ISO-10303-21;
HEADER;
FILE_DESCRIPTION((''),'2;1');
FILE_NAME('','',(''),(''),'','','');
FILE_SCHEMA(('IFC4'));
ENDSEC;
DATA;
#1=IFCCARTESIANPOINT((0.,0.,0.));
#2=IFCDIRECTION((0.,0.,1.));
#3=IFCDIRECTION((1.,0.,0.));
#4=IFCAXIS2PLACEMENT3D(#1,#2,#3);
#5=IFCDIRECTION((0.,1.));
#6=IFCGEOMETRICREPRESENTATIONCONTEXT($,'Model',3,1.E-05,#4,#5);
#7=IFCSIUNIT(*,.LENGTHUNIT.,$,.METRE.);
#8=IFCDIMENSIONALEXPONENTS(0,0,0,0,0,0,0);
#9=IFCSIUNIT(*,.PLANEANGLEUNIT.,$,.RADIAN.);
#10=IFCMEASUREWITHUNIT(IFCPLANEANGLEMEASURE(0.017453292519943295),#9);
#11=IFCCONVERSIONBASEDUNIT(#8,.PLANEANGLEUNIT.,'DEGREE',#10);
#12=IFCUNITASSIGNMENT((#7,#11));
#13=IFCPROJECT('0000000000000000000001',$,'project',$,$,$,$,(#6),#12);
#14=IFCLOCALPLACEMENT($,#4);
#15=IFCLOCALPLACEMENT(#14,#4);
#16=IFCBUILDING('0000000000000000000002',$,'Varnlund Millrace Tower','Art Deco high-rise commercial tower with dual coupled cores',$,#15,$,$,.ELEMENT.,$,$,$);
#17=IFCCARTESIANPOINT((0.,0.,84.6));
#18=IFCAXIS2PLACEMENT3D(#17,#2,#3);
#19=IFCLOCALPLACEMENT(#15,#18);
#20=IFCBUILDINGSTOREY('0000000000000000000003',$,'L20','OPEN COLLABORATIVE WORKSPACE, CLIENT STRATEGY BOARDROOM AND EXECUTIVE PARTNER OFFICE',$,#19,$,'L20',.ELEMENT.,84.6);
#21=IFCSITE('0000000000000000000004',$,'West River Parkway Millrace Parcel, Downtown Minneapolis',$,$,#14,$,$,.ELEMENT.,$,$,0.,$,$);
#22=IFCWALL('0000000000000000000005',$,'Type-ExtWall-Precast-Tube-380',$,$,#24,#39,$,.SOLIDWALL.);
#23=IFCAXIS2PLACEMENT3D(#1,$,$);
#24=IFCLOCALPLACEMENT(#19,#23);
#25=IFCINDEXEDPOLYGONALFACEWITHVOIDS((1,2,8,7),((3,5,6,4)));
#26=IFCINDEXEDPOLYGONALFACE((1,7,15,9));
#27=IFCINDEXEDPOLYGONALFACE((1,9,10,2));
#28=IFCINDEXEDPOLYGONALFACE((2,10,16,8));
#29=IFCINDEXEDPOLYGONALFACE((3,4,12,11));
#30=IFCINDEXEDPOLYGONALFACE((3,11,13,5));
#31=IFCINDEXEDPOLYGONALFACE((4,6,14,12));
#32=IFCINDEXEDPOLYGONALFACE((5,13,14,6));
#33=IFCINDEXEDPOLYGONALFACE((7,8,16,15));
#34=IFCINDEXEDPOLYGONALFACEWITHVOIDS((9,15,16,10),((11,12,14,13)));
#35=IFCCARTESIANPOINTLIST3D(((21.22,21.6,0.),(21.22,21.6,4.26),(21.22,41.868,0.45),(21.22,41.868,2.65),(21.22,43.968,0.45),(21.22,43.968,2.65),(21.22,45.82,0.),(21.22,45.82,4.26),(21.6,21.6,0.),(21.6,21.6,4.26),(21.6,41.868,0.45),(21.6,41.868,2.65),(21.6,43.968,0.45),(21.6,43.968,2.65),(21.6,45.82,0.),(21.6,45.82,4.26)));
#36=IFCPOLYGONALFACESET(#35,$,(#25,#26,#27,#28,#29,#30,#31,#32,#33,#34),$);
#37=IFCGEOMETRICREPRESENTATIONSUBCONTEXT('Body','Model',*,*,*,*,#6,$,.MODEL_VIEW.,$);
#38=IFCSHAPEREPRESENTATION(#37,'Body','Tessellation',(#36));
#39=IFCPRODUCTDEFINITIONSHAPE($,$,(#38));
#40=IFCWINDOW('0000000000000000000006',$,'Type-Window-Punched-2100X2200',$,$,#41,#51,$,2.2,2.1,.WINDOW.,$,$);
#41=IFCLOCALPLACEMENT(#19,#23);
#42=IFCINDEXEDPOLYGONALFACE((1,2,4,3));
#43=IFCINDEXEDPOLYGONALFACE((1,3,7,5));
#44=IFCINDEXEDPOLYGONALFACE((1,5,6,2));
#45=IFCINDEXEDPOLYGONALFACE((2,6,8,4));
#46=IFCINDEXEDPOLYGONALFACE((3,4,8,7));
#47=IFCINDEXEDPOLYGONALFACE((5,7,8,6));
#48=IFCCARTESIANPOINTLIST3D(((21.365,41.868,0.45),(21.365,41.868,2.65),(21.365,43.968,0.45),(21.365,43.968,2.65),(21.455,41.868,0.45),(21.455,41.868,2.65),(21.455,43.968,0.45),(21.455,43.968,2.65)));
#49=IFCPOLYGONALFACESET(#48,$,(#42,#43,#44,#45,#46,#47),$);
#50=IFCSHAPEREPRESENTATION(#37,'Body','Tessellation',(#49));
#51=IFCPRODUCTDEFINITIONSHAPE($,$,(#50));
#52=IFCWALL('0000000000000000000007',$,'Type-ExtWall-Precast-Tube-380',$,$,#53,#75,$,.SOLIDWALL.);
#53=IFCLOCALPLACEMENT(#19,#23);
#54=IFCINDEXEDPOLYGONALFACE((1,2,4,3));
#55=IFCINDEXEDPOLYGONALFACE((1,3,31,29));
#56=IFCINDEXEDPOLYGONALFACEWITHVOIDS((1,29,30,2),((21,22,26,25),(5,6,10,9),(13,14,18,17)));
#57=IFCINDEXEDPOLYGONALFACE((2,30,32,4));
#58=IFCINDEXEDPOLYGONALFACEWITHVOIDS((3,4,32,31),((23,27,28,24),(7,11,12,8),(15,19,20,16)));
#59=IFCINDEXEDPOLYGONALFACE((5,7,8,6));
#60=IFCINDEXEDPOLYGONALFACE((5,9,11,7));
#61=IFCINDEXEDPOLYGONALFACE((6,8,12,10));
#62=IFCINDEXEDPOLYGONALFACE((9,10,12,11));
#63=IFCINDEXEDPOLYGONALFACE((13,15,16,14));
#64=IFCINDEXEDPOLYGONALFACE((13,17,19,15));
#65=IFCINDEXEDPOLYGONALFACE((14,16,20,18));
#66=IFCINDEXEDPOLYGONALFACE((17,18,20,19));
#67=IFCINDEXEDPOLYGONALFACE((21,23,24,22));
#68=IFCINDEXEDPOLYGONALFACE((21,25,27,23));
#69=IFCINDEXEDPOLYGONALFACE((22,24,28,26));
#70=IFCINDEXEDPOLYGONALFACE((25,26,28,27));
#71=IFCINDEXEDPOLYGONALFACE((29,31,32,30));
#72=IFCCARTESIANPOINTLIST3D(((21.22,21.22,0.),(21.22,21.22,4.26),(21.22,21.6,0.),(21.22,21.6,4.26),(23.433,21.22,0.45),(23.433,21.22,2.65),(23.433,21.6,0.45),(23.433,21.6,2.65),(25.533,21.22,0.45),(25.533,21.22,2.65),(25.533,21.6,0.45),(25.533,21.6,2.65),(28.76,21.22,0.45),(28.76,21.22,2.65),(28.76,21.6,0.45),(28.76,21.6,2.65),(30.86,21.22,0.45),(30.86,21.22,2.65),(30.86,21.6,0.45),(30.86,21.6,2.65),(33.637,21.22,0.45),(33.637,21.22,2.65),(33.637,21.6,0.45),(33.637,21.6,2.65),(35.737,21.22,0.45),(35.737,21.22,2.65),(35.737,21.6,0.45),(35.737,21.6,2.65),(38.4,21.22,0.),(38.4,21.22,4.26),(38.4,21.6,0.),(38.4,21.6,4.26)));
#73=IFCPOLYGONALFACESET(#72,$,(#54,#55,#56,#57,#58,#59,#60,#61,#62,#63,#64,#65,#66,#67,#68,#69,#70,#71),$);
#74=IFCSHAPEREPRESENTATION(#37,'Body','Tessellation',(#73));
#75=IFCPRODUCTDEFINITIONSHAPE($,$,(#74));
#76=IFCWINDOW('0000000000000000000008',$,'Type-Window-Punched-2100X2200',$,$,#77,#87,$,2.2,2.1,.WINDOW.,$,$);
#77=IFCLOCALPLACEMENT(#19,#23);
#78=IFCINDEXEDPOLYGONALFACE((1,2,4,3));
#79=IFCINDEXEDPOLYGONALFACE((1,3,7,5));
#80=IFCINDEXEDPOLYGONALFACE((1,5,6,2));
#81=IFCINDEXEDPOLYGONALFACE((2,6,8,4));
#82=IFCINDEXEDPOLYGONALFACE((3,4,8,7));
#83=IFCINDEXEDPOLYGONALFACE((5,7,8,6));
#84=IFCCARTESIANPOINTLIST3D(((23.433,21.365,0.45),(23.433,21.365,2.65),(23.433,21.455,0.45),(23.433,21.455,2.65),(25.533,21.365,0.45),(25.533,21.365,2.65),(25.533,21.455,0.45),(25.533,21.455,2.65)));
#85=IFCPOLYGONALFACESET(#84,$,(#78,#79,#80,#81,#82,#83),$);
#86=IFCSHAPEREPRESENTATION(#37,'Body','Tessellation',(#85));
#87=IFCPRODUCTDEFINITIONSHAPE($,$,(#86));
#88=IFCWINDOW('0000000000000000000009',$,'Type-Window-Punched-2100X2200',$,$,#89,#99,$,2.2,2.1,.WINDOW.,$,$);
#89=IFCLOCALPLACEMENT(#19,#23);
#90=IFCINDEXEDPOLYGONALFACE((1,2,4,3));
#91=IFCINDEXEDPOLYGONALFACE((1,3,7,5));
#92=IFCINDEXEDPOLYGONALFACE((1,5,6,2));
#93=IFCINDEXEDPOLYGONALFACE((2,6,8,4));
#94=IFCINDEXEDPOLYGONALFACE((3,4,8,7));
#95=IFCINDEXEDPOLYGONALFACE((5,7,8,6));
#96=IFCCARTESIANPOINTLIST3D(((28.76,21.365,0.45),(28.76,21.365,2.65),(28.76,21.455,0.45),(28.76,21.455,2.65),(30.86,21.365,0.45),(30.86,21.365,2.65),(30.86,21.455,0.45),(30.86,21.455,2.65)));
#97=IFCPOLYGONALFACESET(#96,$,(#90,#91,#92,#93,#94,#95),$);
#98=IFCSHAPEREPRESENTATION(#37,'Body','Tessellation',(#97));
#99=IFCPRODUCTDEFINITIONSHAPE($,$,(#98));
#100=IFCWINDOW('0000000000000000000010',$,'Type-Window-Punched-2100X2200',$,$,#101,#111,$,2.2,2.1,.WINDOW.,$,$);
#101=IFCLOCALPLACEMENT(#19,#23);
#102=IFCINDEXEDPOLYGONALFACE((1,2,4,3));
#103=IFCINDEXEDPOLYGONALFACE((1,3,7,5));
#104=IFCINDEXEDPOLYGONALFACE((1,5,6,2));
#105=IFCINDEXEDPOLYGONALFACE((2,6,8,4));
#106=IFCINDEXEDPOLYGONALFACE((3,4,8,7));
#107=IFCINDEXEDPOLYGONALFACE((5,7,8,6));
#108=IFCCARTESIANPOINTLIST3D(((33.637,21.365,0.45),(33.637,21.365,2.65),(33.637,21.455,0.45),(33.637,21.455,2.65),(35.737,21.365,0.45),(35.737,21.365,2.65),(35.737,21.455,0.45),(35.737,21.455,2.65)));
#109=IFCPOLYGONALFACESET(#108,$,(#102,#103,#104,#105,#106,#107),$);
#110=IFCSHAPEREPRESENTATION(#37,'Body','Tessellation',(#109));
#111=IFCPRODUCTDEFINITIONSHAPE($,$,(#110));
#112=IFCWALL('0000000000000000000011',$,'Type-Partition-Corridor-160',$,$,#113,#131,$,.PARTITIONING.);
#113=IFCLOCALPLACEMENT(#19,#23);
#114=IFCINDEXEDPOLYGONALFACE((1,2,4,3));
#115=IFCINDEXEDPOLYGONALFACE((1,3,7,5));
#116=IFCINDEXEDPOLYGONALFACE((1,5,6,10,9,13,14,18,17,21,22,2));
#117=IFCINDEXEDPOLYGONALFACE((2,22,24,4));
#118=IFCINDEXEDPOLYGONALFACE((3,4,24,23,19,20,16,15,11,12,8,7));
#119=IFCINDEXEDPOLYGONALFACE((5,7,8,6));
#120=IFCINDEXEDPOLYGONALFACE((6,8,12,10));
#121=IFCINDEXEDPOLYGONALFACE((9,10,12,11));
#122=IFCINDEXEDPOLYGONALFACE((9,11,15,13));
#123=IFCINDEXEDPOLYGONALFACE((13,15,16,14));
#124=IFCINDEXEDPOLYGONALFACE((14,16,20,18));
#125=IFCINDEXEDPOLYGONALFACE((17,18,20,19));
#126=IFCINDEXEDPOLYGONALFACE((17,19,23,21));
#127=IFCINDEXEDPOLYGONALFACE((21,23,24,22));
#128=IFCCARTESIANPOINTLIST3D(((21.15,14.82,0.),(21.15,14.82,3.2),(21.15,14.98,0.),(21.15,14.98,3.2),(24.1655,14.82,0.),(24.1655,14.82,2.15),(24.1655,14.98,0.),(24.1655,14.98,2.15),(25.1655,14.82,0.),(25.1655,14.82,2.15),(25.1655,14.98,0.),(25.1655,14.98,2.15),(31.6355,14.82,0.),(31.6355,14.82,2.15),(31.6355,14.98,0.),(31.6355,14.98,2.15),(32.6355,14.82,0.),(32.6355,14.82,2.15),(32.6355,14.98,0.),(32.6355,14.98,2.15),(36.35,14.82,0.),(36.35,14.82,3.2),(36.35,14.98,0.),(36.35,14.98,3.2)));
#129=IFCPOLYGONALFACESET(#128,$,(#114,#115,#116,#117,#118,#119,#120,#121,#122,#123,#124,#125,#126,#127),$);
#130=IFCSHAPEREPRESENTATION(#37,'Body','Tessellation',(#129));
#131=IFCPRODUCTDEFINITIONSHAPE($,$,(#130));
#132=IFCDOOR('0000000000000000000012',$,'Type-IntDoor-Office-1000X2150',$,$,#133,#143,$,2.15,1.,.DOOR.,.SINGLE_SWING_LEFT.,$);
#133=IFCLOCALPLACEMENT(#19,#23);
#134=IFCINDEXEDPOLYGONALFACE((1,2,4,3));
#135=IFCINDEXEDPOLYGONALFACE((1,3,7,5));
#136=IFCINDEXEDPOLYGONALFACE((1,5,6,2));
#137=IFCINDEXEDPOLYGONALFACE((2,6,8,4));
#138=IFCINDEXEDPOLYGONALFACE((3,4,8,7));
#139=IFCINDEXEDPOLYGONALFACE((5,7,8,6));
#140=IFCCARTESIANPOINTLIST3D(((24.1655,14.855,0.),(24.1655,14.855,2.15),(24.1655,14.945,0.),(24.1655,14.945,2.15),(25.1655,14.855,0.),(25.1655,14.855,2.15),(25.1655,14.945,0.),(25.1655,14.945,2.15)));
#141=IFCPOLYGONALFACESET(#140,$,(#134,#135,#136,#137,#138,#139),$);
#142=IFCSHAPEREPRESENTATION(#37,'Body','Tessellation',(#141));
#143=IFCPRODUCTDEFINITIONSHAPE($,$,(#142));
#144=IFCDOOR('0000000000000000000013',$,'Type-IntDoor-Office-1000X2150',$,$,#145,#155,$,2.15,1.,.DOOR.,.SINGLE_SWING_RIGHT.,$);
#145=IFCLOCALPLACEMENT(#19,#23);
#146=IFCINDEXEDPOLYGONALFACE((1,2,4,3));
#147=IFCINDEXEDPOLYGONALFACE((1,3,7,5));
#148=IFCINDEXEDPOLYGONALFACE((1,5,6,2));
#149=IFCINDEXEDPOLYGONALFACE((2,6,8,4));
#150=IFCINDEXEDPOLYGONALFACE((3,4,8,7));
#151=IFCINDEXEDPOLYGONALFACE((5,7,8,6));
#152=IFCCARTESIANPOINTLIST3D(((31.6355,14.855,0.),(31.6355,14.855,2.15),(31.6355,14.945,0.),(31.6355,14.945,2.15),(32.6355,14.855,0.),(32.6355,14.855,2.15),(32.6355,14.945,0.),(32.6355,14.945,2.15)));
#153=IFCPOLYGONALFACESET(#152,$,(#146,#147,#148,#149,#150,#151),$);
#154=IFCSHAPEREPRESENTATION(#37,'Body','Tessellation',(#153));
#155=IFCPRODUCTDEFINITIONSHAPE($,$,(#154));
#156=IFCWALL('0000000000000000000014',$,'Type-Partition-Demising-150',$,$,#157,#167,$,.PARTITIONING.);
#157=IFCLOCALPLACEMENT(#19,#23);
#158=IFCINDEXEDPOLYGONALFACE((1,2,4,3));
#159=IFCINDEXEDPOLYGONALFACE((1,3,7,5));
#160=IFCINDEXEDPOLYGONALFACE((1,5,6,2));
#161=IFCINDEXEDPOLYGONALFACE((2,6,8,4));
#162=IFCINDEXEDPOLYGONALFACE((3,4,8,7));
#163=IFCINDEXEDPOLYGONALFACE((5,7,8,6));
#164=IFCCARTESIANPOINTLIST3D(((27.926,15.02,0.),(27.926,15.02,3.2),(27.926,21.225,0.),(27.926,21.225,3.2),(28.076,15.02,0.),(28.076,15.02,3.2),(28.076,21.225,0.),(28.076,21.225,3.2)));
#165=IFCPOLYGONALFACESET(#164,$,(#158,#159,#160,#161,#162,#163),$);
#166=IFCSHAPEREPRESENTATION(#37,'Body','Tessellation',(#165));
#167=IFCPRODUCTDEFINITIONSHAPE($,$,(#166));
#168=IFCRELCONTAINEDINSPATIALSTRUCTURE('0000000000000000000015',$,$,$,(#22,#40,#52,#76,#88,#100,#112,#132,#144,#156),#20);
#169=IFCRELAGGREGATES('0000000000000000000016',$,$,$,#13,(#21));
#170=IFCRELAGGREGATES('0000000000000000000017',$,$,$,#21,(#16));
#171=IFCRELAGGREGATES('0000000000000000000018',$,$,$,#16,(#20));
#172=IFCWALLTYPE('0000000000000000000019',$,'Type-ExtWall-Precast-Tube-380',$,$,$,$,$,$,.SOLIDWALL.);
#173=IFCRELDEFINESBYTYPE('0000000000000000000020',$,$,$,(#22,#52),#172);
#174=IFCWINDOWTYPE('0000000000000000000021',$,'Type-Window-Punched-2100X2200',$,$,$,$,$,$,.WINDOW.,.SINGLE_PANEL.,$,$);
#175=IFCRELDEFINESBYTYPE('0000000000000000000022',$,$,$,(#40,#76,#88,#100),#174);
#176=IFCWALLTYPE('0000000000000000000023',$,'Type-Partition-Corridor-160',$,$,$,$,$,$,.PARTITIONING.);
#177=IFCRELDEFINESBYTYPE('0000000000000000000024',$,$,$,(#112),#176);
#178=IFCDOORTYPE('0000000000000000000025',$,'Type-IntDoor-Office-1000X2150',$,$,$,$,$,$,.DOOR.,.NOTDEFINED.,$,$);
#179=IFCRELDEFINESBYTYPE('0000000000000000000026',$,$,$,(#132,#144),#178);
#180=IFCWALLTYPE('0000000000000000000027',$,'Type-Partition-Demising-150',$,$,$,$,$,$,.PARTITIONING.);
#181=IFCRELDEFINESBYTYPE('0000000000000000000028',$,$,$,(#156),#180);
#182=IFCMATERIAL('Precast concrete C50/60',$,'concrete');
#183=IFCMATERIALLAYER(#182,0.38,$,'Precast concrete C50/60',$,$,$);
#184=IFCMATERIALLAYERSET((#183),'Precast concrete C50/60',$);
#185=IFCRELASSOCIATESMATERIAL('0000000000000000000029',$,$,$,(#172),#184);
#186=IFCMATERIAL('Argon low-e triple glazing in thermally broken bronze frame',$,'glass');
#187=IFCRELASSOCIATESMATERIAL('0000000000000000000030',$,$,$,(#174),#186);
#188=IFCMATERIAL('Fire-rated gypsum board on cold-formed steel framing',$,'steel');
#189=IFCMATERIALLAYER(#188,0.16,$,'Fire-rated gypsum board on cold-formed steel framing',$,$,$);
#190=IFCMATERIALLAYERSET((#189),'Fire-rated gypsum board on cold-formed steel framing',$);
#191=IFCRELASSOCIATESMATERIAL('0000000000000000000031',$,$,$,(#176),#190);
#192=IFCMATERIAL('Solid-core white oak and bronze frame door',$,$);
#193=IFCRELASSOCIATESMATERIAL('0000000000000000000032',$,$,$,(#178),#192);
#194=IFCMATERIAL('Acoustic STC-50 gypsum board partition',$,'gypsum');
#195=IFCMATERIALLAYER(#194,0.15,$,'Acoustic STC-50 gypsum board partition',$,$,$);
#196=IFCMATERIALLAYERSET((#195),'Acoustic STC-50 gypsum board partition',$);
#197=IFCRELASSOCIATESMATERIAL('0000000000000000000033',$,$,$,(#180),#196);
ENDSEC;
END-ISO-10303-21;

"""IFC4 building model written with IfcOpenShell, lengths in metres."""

from ifc_helpers import new_model, entity, si_unit, converted_unit, direction, frame, origin_with_axes, origin_2d_with_axis, place, context, subcontext, project, spatial, polyline, rectangle, outline, extrude, material, layer, layer_set, type_object, element, fill, save


model = new_model("IFC4")

# Units and contexts
model_context = context("Model", 3, precision=1e-05, world=origin_with_axes(), true_north=direction((0.0, 1.0)))
body_context = subcontext(model_context, "Body", "Model", "MODEL_VIEW")
ifc_project = project(units=[si_unit("LENGTHUNIT", "METRE"), converted_unit("PLANEANGLEUNIT", "DEGREE", entity("IfcPlaneAngleMeasure", 0.017453292519943295), si_unit("PLANEANGLEUNIT", "RADIAN"), dimensions=[0, 0, 0, 0, 0, 0, 0])], contexts=[model_context])

# Site, building, storey
site_placement = place(None, origin_with_axes())
site = spatial("IfcSite", under=ifc_project, at=site_placement, Name="West River Parkway Millrace Parcel, Downtown Minneapolis", CompositionType="ELEMENT", RefElevation=0.0)
building_placement = place(site_placement, origin_with_axes())
building = spatial("IfcBuilding", under=site, at=building_placement, Name="Varnlund Millrace Tower", Description="Art Deco high-rise commercial tower with dual coupled cores", CompositionType="ELEMENT")
storey_placement = place(building_placement, frame((0.0, 0.0, 84.6), z_axis=(0.0, 0.0, 1.0), x_axis=(1.0, 0.0, 0.0)))
storey = spatial("IfcBuildingStorey", under=building, at=storey_placement, Name="L20", Description="OPEN COLLABORATIVE WORKSPACE, CLIENT STRATEGY BOARDROOM AND EXECUTIVE PARTNER OFFICE", LongName="L20", CompositionType="ELEMENT", Elevation=84.6)

# Shared definitions
ifc_material_1 = material(Name="Precast concrete C50/60", Category="concrete")
ifc_layer_1 = layer(ifc_material_1, 0.38, Name="Precast concrete C50/60")
ifc_layer_set_1 = layer_set([ifc_layer_1], Name="Precast concrete C50/60")
wall_type_1 = type_object("IfcWallType", Name="Type-ExtWall-Precast-Tube-380", PredefinedType="SOLIDWALL", material=ifc_layer_set_1)

# Wall, opening, window
wall_1_placement = place(storey_placement, frame((21.41, 45.82, 0.0), z_axis=(0.0, 0.0, 1.0), x_axis=(0.0, -1.0, 0.0)))
wall_1 = element("IfcWall", 1, at=wall_1_placement, inside=storey, type_object=wall_type_1, Name="Type-ExtWall-Precast-Tube-380", PredefinedType="SOLIDWALL", context=body_context, shape_type="SweptSolid", body=[
    extrude(outline(polyline([(0.0, -0.19), (24.22, -0.19), (24.22, 0.19), (0.0, 0.19), (0.0, -0.19)])), origin_with_axes(), (0.0, 0.0, 1.0), 4.26),
])
opening_1_placement = place(wall_1_placement, frame((2.902, 0.0, 0.45), z_axis=(0.0, 0.0, 1.0), x_axis=(1.0, 0.0, 0.0)))
opening_1 = element("IfcOpeningElement", 2, at=opening_1_placement, cuts=wall_1, PredefinedType="OPENING", context=body_context, shape_type="SweptSolid", body=[
    extrude(rectangle(XDim=2.1, YDim=0.4, at=origin_2d_with_axis()), origin_with_axes(), (0.0, 0.0, 1.0), 2.2),
])
ifc_material_2 = material(Name="Argon low-e triple glazing in thermally broken bronze frame", Category="glass")
window_type = type_object("IfcWindowType", Name="Type-Window-Punched-2100X2200", PartitioningType="SINGLE_PANEL", PredefinedType="WINDOW", material=ifc_material_2)
window_1_placement = place(wall_1_placement, frame((2.902, 0.0, 0.45), z_axis=(0.0, 0.0, 1.0), x_axis=(1.0, 0.0, 0.0)))
window_1 = element("IfcWindow", 3, at=window_1_placement, inside=storey, type_object=window_type, Name="Type-Window-Punched-2100X2200", OverallHeight=2.2, OverallWidth=2.1, PredefinedType="WINDOW", context=body_context, shape_type="SweptSolid", body=[
    extrude(rectangle(XDim=2.1, YDim=0.09, at=origin_2d_with_axis()), origin_with_axes(), (0.0, 0.0, 1.0), 2.2),
])
fill(opening_1, window_1)

# Wall, openings, windows
wall_2_placement = place(storey_placement, frame((21.22, 21.41, 0.0), z_axis=(0.0, 0.0, 1.0), x_axis=(1.0, 0.0, 0.0)))
wall_2 = element("IfcWall", 4, at=wall_2_placement, inside=storey, type_object=wall_type_1, Name="Type-ExtWall-Precast-Tube-380", PredefinedType="SOLIDWALL", context=body_context, shape_type="SweptSolid", body=[
    extrude(outline(polyline([(0.0, -0.19), (17.18, -0.19), (17.18, 0.19), (0.0, 0.19), (0.0, -0.19)])), origin_with_axes(), (0.0, 0.0, 1.0), 4.26),
])
opening_2_placement = place(wall_2_placement, frame((3.263, 0.0, 0.45), z_axis=(0.0, 0.0, 1.0), x_axis=(1.0, 0.0, 0.0)))
opening_2 = element("IfcOpeningElement", 5, at=opening_2_placement, cuts=wall_2, PredefinedType="OPENING", context=body_context, shape_type="SweptSolid", body=[
    extrude(rectangle(XDim=2.1, YDim=0.4, at=origin_2d_with_axis()), origin_with_axes(), (0.0, 0.0, 1.0), 2.2),
])
opening_3_placement = place(wall_2_placement, frame((8.59, 0.0, 0.45), z_axis=(0.0, 0.0, 1.0), x_axis=(1.0, 0.0, 0.0)))
opening_3 = element("IfcOpeningElement", 6, at=opening_3_placement, cuts=wall_2, PredefinedType="OPENING", context=body_context, shape_type="SweptSolid", body=[
    extrude(rectangle(XDim=2.1, YDim=0.4, at=origin_2d_with_axis()), origin_with_axes(), (0.0, 0.0, 1.0), 2.2),
])
opening_4_placement = place(wall_2_placement, frame((13.467, 0.0, 0.45), z_axis=(0.0, 0.0, 1.0), x_axis=(1.0, 0.0, 0.0)))
opening_4 = element("IfcOpeningElement", 7, at=opening_4_placement, cuts=wall_2, PredefinedType="OPENING", context=body_context, shape_type="SweptSolid", body=[
    extrude(rectangle(XDim=2.1, YDim=0.4, at=origin_2d_with_axis()), origin_with_axes(), (0.0, 0.0, 1.0), 2.2),
])
window_2_placement = place(wall_2_placement, frame((3.263, 0.0, 0.45), z_axis=(0.0, 0.0, 1.0), x_axis=(1.0, 0.0, 0.0)))
window_2 = element("IfcWindow", 8, at=window_2_placement, inside=storey, type_object=window_type, Name="Type-Window-Punched-2100X2200", OverallHeight=2.2, OverallWidth=2.1, PredefinedType="WINDOW", context=body_context, shape_type="SweptSolid", body=[
    extrude(rectangle(XDim=2.1, YDim=0.09, at=origin_2d_with_axis()), origin_with_axes(), (0.0, 0.0, 1.0), 2.2),
])
fill(opening_2, window_2)
window_3_placement = place(wall_2_placement, frame((8.59, 0.0, 0.45), z_axis=(0.0, 0.0, 1.0), x_axis=(1.0, 0.0, 0.0)))
window_3 = element("IfcWindow", 9, at=window_3_placement, inside=storey, type_object=window_type, Name="Type-Window-Punched-2100X2200", OverallHeight=2.2, OverallWidth=2.1, PredefinedType="WINDOW", context=body_context, shape_type="SweptSolid", body=[
    extrude(rectangle(XDim=2.1, YDim=0.09, at=origin_2d_with_axis()), origin_with_axes(), (0.0, 0.0, 1.0), 2.2),
])
fill(opening_3, window_3)
window_4_placement = place(wall_2_placement, frame((13.467, 0.0, 0.45), z_axis=(0.0, 0.0, 1.0), x_axis=(1.0, 0.0, 0.0)))
window_4 = element("IfcWindow", 10, at=window_4_placement, inside=storey, type_object=window_type, Name="Type-Window-Punched-2100X2200", OverallHeight=2.2, OverallWidth=2.1, PredefinedType="WINDOW", context=body_context, shape_type="SweptSolid", body=[
    extrude(rectangle(XDim=2.1, YDim=0.09, at=origin_2d_with_axis()), origin_with_axes(), (0.0, 0.0, 1.0), 2.2),
])
fill(opening_4, window_4)

# Wall, openings, doors
ifc_material_3 = material(Name="Fire-rated gypsum board on cold-formed steel framing", Category="steel")
ifc_layer_2 = layer(ifc_material_3, 0.16, Name="Fire-rated gypsum board on cold-formed steel framing")
ifc_layer_set_2 = layer_set([ifc_layer_2], Name="Fire-rated gypsum board on cold-formed steel framing")
wall_type_2 = type_object("IfcWallType", Name="Type-Partition-Corridor-160", PredefinedType="PARTITIONING", material=ifc_layer_set_2)
wall_3_placement = place(storey_placement, frame((21.15, 14.9, 0.0), z_axis=(0.0, 0.0, 1.0), x_axis=(1.0, 0.0, 0.0)))
wall_3 = element("IfcWall", 11, at=wall_3_placement, inside=storey, type_object=wall_type_2, Name="Type-Partition-Corridor-160", PredefinedType="PARTITIONING", context=body_context, shape_type="SweptSolid", body=[
    extrude(outline(polyline([(0.0, -0.08), (15.2, -0.08), (15.2, 0.08), (0.0, 0.08), (0.0, -0.08)])), origin_with_axes(), (0.0, 0.0, 1.0), 3.2),
])
opening_5_placement = place(wall_3_placement, frame((3.5155, 0.0, 0.0), z_axis=(0.0, 0.0, 1.0), x_axis=(1.0, 0.0, 0.0)))
opening_5 = element("IfcOpeningElement", 12, at=opening_5_placement, cuts=wall_3, PredefinedType="OPENING", context=body_context, shape_type="SweptSolid", body=[
    extrude(rectangle(XDim=1.0, YDim=0.18, at=origin_2d_with_axis()), origin_with_axes(), (0.0, 0.0, 1.0), 2.15),
])
opening_6_placement = place(wall_3_placement, frame((10.9855, 0.0, 0.0), z_axis=(0.0, 0.0, 1.0), x_axis=(1.0, 0.0, 0.0)))
opening_6 = element("IfcOpeningElement", 13, at=opening_6_placement, cuts=wall_3, PredefinedType="OPENING", context=body_context, shape_type="SweptSolid", body=[
    extrude(rectangle(XDim=1.0, YDim=0.18, at=origin_2d_with_axis()), origin_with_axes(), (0.0, 0.0, 1.0), 2.15),
])
ifc_material_4 = material(Name="Solid-core white oak and bronze frame door")
door_type = type_object("IfcDoorType", Name="Type-IntDoor-Office-1000X2150", OperationType="NOTDEFINED", PredefinedType="DOOR", material=ifc_material_4)
door_1_placement = place(wall_3_placement, frame((3.5155, 0.0, 0.0), z_axis=(0.0, 0.0, 1.0), x_axis=(1.0, 0.0, 0.0)))
door_1 = element("IfcDoor", 14, at=door_1_placement, inside=storey, type_object=door_type, Name="Type-IntDoor-Office-1000X2150", OperationType="SINGLE_SWING_LEFT", OverallHeight=2.15, OverallWidth=1.0, PredefinedType="DOOR", context=body_context, shape_type="SweptSolid", body=[
    extrude(rectangle(XDim=1.0, YDim=0.09, at=origin_2d_with_axis()), origin_with_axes(), (0.0, 0.0, 1.0), 2.15),
])
fill(opening_5, door_1)
door_2_placement = place(wall_3_placement, frame((10.9855, 0.0, 0.0), z_axis=(0.0, 0.0, 1.0), x_axis=(1.0, 0.0, 0.0)))
door_2 = element("IfcDoor", 15, at=door_2_placement, inside=storey, type_object=door_type, Name="Type-IntDoor-Office-1000X2150", OperationType="SINGLE_SWING_RIGHT", OverallHeight=2.15, OverallWidth=1.0, PredefinedType="DOOR", context=body_context, shape_type="SweptSolid", body=[
    extrude(rectangle(XDim=1.0, YDim=0.09, at=origin_2d_with_axis()), origin_with_axes(), (0.0, 0.0, 1.0), 2.15),
])
fill(opening_6, door_2)

# Wall
ifc_material_5 = material(Name="Acoustic STC-50 gypsum board partition", Category="gypsum")
ifc_layer_3 = layer(ifc_material_5, 0.15, Name="Acoustic STC-50 gypsum board partition")
ifc_layer_set_3 = layer_set([ifc_layer_3], Name="Acoustic STC-50 gypsum board partition")
wall_type_3 = type_object("IfcWallType", Name="Type-Partition-Demising-150", PredefinedType="PARTITIONING", material=ifc_layer_set_3)
wall_4_placement = place(storey_placement, frame((28.001, 15.02, 0.0), z_axis=(0.0, 0.0, 1.0), x_axis=(0.0, 1.0, 0.0)))
element("IfcWall", 16, at=wall_4_placement, inside=storey, type_object=wall_type_3, Name="Type-Partition-Demising-150", PredefinedType="PARTITIONING", context=body_context, shape_type="SweptSolid", body=[
    extrude(outline(polyline([(0.0, -0.075), (6.205, -0.075), (6.205, 0.075), (0.0, 0.075), (0.0, -0.075)])), origin_with_axes(), (0.0, 0.0, 1.0), 3.2),
])

save(model, "model.ifc")
